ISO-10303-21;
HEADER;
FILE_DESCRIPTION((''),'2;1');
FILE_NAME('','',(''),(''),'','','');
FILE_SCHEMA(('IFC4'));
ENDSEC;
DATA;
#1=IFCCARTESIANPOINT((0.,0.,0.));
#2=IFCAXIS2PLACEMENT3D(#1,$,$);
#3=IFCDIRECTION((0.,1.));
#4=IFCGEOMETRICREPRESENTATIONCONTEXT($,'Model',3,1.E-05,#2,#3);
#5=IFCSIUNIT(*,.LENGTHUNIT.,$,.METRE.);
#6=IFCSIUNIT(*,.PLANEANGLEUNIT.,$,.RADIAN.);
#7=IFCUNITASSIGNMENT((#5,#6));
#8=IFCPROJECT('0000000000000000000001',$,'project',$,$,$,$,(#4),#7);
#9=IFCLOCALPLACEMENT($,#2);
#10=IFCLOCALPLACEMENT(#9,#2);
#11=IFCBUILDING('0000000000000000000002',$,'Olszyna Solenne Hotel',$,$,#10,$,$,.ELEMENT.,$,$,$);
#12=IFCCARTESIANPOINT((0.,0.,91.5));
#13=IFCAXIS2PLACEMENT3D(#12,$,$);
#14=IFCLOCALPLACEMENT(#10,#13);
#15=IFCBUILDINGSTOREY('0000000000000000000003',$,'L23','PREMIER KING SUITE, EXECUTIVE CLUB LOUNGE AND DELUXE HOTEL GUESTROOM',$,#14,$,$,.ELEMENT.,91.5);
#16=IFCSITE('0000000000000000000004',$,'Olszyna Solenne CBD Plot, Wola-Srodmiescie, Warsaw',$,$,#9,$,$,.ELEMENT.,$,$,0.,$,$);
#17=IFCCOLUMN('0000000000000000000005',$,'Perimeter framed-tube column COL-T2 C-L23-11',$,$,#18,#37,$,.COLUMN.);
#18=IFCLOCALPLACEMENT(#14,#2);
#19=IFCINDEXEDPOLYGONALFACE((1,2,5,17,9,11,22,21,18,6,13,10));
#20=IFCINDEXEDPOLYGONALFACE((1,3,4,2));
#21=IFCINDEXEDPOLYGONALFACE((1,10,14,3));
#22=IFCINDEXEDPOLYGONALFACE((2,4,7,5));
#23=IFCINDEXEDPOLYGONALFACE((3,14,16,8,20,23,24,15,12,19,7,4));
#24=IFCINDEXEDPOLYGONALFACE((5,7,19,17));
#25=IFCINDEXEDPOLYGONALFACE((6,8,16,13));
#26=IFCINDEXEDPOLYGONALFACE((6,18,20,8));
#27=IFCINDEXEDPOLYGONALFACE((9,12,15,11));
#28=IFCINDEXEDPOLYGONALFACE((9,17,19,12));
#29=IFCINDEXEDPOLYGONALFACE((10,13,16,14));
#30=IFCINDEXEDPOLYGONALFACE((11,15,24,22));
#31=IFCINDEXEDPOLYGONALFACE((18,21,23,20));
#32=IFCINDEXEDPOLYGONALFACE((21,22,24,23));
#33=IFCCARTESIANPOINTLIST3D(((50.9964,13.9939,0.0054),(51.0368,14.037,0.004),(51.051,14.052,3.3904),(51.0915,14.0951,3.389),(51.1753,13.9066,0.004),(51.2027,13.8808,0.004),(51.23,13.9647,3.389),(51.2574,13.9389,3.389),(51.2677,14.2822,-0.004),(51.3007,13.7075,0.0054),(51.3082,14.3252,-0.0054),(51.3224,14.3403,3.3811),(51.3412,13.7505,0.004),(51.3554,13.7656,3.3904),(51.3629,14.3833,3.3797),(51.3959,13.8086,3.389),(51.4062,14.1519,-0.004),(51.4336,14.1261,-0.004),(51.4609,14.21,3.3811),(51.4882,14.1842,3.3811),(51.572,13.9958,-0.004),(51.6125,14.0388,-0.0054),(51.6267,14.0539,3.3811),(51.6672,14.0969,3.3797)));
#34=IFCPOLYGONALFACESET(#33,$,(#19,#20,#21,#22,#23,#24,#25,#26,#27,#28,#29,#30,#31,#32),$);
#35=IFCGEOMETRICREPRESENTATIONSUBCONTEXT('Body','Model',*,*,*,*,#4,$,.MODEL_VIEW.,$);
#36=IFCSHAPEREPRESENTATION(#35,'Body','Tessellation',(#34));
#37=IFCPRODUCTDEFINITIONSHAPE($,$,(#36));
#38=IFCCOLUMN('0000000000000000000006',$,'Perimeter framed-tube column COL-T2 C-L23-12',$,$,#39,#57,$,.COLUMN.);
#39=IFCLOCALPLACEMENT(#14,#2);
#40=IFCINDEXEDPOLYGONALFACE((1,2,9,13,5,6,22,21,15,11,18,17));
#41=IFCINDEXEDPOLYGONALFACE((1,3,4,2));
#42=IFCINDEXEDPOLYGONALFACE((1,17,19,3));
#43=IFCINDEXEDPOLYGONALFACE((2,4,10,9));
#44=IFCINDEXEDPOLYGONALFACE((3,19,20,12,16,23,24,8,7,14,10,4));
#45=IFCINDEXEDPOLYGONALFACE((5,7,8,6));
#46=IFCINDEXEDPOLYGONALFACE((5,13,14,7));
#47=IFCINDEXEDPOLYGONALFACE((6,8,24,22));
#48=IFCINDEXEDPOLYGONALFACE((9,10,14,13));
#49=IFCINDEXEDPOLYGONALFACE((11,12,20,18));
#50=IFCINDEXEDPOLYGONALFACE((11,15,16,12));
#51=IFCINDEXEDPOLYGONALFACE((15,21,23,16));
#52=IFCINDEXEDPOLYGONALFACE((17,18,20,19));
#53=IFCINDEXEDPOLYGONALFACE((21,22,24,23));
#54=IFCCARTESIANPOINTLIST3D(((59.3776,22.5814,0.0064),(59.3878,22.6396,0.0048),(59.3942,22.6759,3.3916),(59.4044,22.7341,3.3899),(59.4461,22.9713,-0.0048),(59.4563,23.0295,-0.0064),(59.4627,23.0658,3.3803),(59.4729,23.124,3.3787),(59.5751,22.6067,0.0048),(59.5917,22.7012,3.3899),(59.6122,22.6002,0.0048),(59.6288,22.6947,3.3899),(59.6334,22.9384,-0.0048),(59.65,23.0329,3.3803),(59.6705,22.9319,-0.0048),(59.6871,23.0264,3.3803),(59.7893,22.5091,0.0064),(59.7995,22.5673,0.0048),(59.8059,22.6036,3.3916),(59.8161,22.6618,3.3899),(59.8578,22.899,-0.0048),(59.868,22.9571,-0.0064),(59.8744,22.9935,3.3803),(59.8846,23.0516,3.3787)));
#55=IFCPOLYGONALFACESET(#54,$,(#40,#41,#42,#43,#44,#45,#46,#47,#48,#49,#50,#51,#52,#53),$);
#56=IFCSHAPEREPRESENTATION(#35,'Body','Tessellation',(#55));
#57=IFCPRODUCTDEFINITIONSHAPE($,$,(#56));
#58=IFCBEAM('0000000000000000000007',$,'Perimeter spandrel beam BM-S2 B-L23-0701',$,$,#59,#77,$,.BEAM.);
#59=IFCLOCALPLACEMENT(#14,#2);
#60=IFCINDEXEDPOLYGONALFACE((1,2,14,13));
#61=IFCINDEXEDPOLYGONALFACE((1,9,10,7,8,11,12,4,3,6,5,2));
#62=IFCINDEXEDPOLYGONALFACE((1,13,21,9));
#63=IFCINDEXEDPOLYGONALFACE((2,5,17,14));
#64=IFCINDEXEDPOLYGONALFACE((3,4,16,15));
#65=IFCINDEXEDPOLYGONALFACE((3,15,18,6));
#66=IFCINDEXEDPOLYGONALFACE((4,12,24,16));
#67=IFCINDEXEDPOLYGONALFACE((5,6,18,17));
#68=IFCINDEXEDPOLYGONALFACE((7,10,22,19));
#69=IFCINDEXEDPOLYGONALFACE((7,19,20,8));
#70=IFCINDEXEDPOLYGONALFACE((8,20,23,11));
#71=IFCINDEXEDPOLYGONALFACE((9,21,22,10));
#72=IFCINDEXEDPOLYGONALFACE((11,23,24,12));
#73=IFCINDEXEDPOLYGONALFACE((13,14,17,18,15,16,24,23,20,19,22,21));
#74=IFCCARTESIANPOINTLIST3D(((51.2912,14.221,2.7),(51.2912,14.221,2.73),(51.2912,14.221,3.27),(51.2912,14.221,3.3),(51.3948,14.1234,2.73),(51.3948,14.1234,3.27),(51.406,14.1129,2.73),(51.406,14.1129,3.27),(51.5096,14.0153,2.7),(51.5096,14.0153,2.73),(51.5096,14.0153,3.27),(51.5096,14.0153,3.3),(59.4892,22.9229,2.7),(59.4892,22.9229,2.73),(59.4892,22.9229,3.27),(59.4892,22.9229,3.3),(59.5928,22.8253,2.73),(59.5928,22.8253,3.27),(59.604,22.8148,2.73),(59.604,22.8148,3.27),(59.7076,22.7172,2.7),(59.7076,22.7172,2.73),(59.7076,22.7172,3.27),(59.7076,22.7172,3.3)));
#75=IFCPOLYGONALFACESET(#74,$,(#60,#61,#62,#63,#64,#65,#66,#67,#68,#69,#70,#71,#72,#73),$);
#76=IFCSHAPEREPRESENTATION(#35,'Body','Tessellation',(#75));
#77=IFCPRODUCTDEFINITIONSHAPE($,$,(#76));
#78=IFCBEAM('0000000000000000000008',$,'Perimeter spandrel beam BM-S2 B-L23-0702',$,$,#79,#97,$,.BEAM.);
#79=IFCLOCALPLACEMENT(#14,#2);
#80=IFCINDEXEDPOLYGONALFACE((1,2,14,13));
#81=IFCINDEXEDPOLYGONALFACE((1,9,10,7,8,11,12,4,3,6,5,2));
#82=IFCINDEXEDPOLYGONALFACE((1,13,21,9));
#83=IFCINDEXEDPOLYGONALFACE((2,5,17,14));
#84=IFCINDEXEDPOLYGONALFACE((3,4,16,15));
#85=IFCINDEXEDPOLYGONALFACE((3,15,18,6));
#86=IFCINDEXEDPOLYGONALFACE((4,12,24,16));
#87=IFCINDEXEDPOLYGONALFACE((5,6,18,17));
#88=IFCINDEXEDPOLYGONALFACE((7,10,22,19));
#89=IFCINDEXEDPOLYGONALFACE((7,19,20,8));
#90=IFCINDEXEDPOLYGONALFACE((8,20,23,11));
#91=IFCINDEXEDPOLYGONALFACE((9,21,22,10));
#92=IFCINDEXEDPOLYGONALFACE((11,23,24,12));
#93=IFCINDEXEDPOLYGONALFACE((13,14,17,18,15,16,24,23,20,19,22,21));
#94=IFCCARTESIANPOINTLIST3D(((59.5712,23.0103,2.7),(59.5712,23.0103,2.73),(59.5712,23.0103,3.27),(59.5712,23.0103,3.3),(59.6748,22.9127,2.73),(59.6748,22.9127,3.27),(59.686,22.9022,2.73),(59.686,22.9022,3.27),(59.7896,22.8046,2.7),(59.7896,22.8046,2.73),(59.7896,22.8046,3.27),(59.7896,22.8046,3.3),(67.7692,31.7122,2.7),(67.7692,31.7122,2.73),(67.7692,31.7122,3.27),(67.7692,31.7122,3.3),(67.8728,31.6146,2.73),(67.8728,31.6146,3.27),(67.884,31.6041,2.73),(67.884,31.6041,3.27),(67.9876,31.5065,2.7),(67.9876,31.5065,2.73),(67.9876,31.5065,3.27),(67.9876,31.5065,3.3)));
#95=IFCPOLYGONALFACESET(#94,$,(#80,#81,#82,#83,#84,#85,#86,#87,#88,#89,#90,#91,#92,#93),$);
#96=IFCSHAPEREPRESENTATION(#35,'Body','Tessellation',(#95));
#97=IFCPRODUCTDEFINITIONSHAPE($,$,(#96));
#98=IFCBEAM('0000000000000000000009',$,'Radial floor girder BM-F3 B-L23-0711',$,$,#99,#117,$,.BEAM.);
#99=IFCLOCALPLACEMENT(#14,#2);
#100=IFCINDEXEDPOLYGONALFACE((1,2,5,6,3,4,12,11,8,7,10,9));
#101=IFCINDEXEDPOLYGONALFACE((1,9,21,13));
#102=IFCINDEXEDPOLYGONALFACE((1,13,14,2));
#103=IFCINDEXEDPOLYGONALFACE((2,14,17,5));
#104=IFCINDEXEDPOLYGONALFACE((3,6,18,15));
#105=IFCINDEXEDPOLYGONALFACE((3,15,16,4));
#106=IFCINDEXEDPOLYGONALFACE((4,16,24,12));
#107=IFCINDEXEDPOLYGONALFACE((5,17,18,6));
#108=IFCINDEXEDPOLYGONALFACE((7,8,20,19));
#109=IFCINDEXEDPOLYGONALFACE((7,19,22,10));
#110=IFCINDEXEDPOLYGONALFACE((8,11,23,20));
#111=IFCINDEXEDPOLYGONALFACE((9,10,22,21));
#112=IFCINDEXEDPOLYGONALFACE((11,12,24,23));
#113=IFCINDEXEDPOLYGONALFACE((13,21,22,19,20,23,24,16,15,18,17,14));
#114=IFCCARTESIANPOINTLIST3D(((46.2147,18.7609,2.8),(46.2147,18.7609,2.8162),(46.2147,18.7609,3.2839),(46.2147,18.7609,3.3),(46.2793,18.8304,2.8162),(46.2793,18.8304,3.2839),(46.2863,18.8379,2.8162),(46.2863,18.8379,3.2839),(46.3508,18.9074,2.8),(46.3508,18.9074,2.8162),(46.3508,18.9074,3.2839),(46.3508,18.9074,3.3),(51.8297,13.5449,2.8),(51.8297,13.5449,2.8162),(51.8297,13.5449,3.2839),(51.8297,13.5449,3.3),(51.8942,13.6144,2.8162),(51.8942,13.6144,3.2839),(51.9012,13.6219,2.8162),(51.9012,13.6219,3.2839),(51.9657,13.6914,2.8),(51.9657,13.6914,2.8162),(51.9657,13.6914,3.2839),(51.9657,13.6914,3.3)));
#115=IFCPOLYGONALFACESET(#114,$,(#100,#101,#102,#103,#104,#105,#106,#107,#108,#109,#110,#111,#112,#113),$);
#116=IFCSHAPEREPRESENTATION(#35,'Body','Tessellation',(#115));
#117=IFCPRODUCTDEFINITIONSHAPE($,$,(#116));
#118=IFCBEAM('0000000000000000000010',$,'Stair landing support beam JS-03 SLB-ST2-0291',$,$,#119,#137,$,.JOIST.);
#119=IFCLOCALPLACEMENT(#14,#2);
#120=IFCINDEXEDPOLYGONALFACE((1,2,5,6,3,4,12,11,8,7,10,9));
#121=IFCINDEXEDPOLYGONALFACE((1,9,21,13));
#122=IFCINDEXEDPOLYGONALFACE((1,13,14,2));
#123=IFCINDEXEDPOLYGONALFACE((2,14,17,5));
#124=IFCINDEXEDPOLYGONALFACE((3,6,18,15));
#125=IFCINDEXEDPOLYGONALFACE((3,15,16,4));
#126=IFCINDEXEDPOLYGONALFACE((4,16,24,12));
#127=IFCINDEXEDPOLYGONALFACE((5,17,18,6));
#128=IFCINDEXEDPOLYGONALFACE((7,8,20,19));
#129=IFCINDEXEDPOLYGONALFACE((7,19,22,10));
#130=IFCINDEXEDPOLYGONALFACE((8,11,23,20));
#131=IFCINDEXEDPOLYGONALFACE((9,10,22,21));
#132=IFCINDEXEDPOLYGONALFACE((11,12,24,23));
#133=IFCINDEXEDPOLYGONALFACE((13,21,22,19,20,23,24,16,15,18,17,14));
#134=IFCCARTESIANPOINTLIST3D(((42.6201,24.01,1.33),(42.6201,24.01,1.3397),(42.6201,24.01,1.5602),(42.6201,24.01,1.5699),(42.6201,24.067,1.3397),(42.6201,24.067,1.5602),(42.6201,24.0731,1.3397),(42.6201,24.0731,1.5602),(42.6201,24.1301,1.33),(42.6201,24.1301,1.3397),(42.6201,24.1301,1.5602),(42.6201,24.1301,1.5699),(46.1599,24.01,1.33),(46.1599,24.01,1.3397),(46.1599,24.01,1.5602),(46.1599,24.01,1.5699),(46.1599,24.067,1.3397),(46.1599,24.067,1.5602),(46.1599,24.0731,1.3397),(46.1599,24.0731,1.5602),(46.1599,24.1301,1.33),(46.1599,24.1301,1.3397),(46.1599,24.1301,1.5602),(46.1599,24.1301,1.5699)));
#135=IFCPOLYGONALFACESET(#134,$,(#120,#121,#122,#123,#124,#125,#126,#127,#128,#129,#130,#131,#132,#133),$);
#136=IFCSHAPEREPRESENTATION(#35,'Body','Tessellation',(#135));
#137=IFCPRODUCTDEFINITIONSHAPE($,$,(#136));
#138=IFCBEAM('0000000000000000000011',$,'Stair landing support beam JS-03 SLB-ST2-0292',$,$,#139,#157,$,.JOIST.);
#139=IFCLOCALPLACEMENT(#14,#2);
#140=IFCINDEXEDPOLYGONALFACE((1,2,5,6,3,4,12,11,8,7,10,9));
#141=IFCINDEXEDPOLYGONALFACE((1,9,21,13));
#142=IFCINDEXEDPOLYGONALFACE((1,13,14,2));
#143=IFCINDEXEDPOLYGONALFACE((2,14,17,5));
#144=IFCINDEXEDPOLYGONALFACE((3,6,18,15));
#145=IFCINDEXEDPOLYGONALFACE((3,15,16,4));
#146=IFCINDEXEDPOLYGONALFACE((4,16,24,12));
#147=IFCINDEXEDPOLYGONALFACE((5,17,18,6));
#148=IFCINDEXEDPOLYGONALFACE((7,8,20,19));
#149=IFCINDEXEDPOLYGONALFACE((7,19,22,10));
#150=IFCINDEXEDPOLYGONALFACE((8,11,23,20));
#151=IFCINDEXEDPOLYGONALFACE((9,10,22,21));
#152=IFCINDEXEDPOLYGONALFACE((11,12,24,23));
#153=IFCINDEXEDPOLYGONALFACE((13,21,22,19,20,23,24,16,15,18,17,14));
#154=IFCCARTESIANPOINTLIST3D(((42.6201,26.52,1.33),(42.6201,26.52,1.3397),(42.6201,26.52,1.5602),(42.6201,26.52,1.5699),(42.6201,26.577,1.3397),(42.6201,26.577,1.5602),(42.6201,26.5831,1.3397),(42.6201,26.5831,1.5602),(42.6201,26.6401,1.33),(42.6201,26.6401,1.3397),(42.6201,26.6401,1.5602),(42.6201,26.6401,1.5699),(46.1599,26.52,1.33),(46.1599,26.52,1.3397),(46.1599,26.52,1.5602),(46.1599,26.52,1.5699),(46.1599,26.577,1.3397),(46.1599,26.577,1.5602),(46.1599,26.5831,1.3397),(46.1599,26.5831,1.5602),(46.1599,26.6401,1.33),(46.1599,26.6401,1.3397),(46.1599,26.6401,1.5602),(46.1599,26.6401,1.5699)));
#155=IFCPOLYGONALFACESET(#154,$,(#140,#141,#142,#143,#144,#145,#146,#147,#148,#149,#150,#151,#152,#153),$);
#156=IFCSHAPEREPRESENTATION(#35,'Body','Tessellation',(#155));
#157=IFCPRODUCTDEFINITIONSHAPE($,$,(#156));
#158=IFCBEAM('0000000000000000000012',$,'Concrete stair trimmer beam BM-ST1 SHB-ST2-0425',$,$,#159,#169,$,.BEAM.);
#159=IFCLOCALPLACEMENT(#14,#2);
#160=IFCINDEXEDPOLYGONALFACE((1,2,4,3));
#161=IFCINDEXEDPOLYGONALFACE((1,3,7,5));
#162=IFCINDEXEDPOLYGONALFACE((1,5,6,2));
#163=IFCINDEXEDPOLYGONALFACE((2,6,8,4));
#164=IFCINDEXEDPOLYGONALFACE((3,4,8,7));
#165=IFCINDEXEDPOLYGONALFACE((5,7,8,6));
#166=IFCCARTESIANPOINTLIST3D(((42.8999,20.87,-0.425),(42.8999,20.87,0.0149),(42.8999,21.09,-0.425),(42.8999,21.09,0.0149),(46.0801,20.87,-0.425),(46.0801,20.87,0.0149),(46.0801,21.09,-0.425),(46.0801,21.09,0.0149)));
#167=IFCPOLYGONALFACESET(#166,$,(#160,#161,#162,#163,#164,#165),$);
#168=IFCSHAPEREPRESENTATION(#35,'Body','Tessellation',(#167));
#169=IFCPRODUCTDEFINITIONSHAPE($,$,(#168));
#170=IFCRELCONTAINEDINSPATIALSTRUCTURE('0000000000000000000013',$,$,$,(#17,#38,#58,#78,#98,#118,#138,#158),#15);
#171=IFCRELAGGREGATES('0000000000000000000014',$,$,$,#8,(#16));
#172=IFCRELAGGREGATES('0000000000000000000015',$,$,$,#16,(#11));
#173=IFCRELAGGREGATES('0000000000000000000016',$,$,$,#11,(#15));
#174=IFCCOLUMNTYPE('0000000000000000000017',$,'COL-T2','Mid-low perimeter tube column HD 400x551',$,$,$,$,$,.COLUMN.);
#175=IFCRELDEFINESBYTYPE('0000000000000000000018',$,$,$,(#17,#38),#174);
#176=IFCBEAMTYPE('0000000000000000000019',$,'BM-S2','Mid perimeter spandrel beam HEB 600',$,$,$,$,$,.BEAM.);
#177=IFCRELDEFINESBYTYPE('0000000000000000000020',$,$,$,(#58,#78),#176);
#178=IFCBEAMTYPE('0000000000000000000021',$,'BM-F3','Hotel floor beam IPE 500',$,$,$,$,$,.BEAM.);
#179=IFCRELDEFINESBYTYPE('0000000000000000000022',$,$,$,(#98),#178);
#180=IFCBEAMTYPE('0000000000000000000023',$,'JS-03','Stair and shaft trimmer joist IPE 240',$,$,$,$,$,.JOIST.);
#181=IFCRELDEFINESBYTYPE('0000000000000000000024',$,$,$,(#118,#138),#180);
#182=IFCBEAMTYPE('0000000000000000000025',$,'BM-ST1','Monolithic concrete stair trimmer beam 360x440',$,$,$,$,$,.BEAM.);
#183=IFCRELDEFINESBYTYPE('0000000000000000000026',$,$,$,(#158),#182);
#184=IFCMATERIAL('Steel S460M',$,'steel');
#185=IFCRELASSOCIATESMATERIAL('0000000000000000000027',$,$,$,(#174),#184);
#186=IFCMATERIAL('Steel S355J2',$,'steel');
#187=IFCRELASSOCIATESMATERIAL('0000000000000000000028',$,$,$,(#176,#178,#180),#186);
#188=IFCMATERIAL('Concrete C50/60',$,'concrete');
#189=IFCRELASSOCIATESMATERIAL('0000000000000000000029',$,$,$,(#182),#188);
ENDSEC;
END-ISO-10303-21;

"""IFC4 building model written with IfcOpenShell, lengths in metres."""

from ifc_helpers import new_model, si_unit, direction, frame, origin, origin_2d, place, context, subcontext, project, spatial, rectangle, i_section, extrude, source, transform, mapped, material, material_profile, profile_set, type_object, element, save


model = new_model("IFC4")

# Units and contexts
model_context = context("Model", 3, precision=1e-05, world=origin(), true_north=direction((0.0, 1.0)))
body_context = subcontext(model_context, "Body", "Model", "MODEL_VIEW")
ifc_project = project(units=[si_unit("LENGTHUNIT", "METRE"), si_unit("PLANEANGLEUNIT", "RADIAN")], contexts=[model_context])

# Site, building, storey
site_placement = place(None, origin())
site = spatial("IfcSite", under=ifc_project, at=site_placement, Name="Olszyna Solenne CBD Plot, Wola-Srodmiescie, Warsaw", CompositionType="ELEMENT", RefElevation=0.0)
building_placement = place(site_placement, origin())
building = spatial("IfcBuilding", under=site, at=building_placement, Name="Olszyna Solenne Hotel", CompositionType="ELEMENT")
storey_placement = place(building_placement, frame((0.0, 0.0, 91.5)))
storey = spatial("IfcBuildingStorey", under=building, at=storey_placement, Name="L23", Description="PREMIER KING SUITE, EXECUTIVE CLUB LOUNGE AND DELUXE HOTEL GUESTROOM", CompositionType="ELEMENT", Elevation=91.5)

# Columns
ifc_material_1 = material(Name="Steel S460M", Category="steel")
ifc_material_profile_1 = material_profile(ifc_material_1, i_section(OverallWidth=0.418, OverallDepth=0.4551, WebThickness=0.0376, FlangeThickness=0.0591, at=origin_2d()), Name="HD 400x551", Category="load-bearing")
ifc_profile_set_1 = profile_set([ifc_material_profile_1], Name="Steel S460M")
column_type = type_object("IfcColumnType", Name="COL-T2", Description="Mid-low perimeter tube column HD 400x551", PredefinedType="COLUMN", material=ifc_profile_set_1)
shared_shape_1 = source(origin(), body_context, "Body", "SweptSolid", [
    extrude(i_section(OverallWidth=0.418, OverallDepth=0.4551, WebThickness=0.0376, FlangeThickness=0.0591, at=origin_2d()), origin(), (0.0, 0.0, 1.0), 3.386),
])
column_1_placement = place(storey_placement, frame((51.3044, 14.0164, 0.0), z_axis=(0.016151, 0.017161, 0.999722), x_axis=(-0.7282, 0.685365, 0.0)))
element("IfcColumn", 1, at=column_1_placement, inside=storey, type_object=column_type, Name="Perimeter framed-tube column COL-T2 C-L23-11", PredefinedType="COLUMN", context=body_context, shape_type="MappedRepresentation", body=[
    mapped(shared_shape_1, transform((0.0, 0.0, 0.0), x_axis=(1.0, 0.0, 0.0), y_axis=(0.0, 1.0, 0.0), z_axis=(0.0, 0.0, 1.0), scale=1.0)),
])
shared_shape_2 = source(origin(), body_context, "Body", "SweptSolid", [
    extrude(i_section(OverallWidth=0.418, OverallDepth=0.4551, WebThickness=0.0376, FlangeThickness=0.0591, at=origin_2d()), origin(), (0.0, 0.0, 1.0), 3.3865),
])
column_2_placement = place(storey_placement, frame((59.6228, 22.7693, 0.0), z_axis=(0.004902, 0.027901, 0.999599), x_axis=(-0.984911, 0.173059, 0.0)))
element("IfcColumn", 2, at=column_2_placement, inside=storey, type_object=column_type, Name="Perimeter framed-tube column COL-T2 C-L23-12", PredefinedType="COLUMN", context=body_context, shape_type="MappedRepresentation", body=[
    mapped(shared_shape_2, transform((0.0, 0.0, 0.0), x_axis=(1.0, 0.0, 0.0), y_axis=(0.0, 1.0, 0.0), z_axis=(0.0, 0.0, 1.0), scale=1.0)),
])

# Beams
ifc_material_2 = material(Name="Steel S355J2", Category="steel")
ifc_material_profile_2 = material_profile(ifc_material_2, i_section(OverallWidth=0.3, OverallDepth=0.6001, WebThickness=0.0154, FlangeThickness=0.03, at=origin_2d()), Name="HEB 600", Category="load-bearing")
ifc_profile_set_2 = profile_set([ifc_material_profile_2], Name="Steel S355J2")
beam_type_1 = type_object("IfcBeamType", Name="BM-S2", Description="Mid perimeter spandrel beam HEB 600", PredefinedType="BEAM", material=ifc_profile_set_2)
shared_shape_3 = source(origin(), body_context, "Body", "SweptSolid", [
    extrude(i_section(OverallWidth=0.3, OverallDepth=0.6001, WebThickness=0.0154, FlangeThickness=0.03, at=origin_2d()), origin(), (0.0, 0.0, 1.0), 11.9553),
])
for number, where, z_axis, x_axis, name in (
    (3, (51.4004, 14.1182, 3.0), (0.685718, 0.727867, 0.0), (-0.727867, 0.685718, 0.0), "Perimeter spandrel beam BM-S2 B-L23-0701"),
    (4, (59.6804, 22.9075, 3.0), (0.685718, 0.727867, 0.0), (-0.727867, 0.685718, 0.0), "Perimeter spandrel beam BM-S2 B-L23-0702"),
):
    element("IfcBeam", number, at=place(storey_placement, frame(where, z_axis=z_axis, x_axis=x_axis)), inside=storey, type_object=beam_type_1, Name=name, PredefinedType="BEAM", context=body_context, shape_type="MappedRepresentation", body=[
        mapped(shared_shape_3, transform((0.0, 0.0, 0.0), x_axis=(1.0, 0.0, 0.0), y_axis=(0.0, 1.0, 0.0), z_axis=(0.0, 0.0, 1.0), scale=1.0)),
    ])
ifc_material_profile_3 = material_profile(ifc_material_2, i_section(OverallWidth=0.2, OverallDepth=0.5, WebThickness=0.0103, FlangeThickness=0.0161, at=origin_2d()), Name="IPE 500", Category="load-bearing")
ifc_profile_set_3 = profile_set([ifc_material_profile_3], Name="Steel S355J2")
beam_type_2 = type_object("IfcBeamType", Name="BM-F3", Description="Hotel floor beam IPE 500", PredefinedType="BEAM", material=ifc_profile_set_3)
shared_shape_4 = source(origin(), body_context, "Body", "SweptSolid", [
    extrude(i_section(OverallWidth=0.2, OverallDepth=0.5, WebThickness=0.0103, FlangeThickness=0.0161, at=origin_2d()), origin(), (0.0, 0.0, 1.0), 7.6638),
])
beam_1_placement = place(storey_placement, frame((51.8977, 13.6182, 3.05), z_axis=(-0.732654, 0.680601, 0.0), x_axis=(-0.680601, -0.732654, 0.0)))
element("IfcBeam", 5, at=beam_1_placement, inside=storey, type_object=beam_type_2, Name="Radial floor girder BM-F3 B-L23-0711", PredefinedType="BEAM", context=body_context, shape_type="MappedRepresentation", body=[
    mapped(shared_shape_4, transform((0.0, 0.0, 0.0), x_axis=(1.0, 0.0, 0.0), y_axis=(0.0, 1.0, 0.0), z_axis=(0.0, 0.0, 1.0), scale=1.0)),
])
ifc_material_profile_4 = material_profile(ifc_material_2, i_section(OverallWidth=0.1201, OverallDepth=0.24, WebThickness=0.0061, FlangeThickness=0.0098, at=origin_2d()), Name="IPE 240", Category="load-bearing")
ifc_profile_set_4 = profile_set([ifc_material_profile_4], Name="Steel S355J2")
beam_type_3 = type_object("IfcBeamType", Name="JS-03", Description="Stair and shaft trimmer joist IPE 240", PredefinedType="JOIST", material=ifc_profile_set_4)
shared_shape_5 = source(origin(), body_context, "Body", "SweptSolid", [
    extrude(i_section(OverallWidth=0.1201, OverallDepth=0.24, WebThickness=0.0061, FlangeThickness=0.0098, at=origin_2d()), origin(), (0.0, 0.0, 1.0), 3.5398),
])
for number, where, z_axis, x_axis, name in (
    (6, (46.1599, 24.0701, 1.45), (-1.0, 0.0, 0.0), (0.0, -1.0, 0.0), "Stair landing support beam JS-03 SLB-ST2-0291"),
    (7, (46.1599, 26.5801, 1.45), (-1.0, 0.0, 0.0), (0.0, -1.0, 0.0), "Stair landing support beam JS-03 SLB-ST2-0292"),
):
    element("IfcBeam", number, at=place(storey_placement, frame(where, z_axis=z_axis, x_axis=x_axis)), inside=storey, type_object=beam_type_3, Name=name, PredefinedType="JOIST", context=body_context, shape_type="MappedRepresentation", body=[
        mapped(shared_shape_5, transform((0.0, 0.0, 0.0), x_axis=(1.0, 0.0, 0.0), y_axis=(0.0, 1.0, 0.0), z_axis=(0.0, 0.0, 1.0), scale=1.0)),
    ])
ifc_material_3 = material(Name="Concrete C50/60", Category="concrete")
ifc_material_profile_5 = material_profile(ifc_material_3, rectangle(XDim=0.22, YDim=0.4399, at=origin_2d()), Name="RC 220x440", Category="load-bearing")
ifc_profile_set_5 = profile_set([ifc_material_profile_5], Name="Concrete C50/60")
beam_type_4 = type_object("IfcBeamType", Name="BM-ST1", Description="Monolithic concrete stair trimmer beam 360x440", PredefinedType="BEAM", material=ifc_profile_set_5)
shared_shape_6 = source(origin(), body_context, "Body", "SweptSolid", [
    extrude(rectangle(XDim=0.22, YDim=0.4399, at=origin_2d()), origin(), (0.0, 0.0, 1.0), 3.1802),
])
beam_2_placement = place(storey_placement, frame((46.0801, 20.98, -0.2051), z_axis=(-1.0, 0.0, 0.0), x_axis=(0.0, -1.0, 0.0)))
element("IfcBeam", 8, at=beam_2_placement, inside=storey, type_object=beam_type_4, Name="Concrete stair trimmer beam BM-ST1 SHB-ST2-0425", PredefinedType="BEAM", context=body_context, shape_type="MappedRepresentation", body=[
    mapped(shared_shape_6, transform((0.0, 0.0, 0.0), x_axis=(1.0, 0.0, 0.0), y_axis=(0.0, 1.0, 0.0), z_axis=(0.0, 0.0, 1.0), scale=1.0)),
])

save(model, "model.ifc")
